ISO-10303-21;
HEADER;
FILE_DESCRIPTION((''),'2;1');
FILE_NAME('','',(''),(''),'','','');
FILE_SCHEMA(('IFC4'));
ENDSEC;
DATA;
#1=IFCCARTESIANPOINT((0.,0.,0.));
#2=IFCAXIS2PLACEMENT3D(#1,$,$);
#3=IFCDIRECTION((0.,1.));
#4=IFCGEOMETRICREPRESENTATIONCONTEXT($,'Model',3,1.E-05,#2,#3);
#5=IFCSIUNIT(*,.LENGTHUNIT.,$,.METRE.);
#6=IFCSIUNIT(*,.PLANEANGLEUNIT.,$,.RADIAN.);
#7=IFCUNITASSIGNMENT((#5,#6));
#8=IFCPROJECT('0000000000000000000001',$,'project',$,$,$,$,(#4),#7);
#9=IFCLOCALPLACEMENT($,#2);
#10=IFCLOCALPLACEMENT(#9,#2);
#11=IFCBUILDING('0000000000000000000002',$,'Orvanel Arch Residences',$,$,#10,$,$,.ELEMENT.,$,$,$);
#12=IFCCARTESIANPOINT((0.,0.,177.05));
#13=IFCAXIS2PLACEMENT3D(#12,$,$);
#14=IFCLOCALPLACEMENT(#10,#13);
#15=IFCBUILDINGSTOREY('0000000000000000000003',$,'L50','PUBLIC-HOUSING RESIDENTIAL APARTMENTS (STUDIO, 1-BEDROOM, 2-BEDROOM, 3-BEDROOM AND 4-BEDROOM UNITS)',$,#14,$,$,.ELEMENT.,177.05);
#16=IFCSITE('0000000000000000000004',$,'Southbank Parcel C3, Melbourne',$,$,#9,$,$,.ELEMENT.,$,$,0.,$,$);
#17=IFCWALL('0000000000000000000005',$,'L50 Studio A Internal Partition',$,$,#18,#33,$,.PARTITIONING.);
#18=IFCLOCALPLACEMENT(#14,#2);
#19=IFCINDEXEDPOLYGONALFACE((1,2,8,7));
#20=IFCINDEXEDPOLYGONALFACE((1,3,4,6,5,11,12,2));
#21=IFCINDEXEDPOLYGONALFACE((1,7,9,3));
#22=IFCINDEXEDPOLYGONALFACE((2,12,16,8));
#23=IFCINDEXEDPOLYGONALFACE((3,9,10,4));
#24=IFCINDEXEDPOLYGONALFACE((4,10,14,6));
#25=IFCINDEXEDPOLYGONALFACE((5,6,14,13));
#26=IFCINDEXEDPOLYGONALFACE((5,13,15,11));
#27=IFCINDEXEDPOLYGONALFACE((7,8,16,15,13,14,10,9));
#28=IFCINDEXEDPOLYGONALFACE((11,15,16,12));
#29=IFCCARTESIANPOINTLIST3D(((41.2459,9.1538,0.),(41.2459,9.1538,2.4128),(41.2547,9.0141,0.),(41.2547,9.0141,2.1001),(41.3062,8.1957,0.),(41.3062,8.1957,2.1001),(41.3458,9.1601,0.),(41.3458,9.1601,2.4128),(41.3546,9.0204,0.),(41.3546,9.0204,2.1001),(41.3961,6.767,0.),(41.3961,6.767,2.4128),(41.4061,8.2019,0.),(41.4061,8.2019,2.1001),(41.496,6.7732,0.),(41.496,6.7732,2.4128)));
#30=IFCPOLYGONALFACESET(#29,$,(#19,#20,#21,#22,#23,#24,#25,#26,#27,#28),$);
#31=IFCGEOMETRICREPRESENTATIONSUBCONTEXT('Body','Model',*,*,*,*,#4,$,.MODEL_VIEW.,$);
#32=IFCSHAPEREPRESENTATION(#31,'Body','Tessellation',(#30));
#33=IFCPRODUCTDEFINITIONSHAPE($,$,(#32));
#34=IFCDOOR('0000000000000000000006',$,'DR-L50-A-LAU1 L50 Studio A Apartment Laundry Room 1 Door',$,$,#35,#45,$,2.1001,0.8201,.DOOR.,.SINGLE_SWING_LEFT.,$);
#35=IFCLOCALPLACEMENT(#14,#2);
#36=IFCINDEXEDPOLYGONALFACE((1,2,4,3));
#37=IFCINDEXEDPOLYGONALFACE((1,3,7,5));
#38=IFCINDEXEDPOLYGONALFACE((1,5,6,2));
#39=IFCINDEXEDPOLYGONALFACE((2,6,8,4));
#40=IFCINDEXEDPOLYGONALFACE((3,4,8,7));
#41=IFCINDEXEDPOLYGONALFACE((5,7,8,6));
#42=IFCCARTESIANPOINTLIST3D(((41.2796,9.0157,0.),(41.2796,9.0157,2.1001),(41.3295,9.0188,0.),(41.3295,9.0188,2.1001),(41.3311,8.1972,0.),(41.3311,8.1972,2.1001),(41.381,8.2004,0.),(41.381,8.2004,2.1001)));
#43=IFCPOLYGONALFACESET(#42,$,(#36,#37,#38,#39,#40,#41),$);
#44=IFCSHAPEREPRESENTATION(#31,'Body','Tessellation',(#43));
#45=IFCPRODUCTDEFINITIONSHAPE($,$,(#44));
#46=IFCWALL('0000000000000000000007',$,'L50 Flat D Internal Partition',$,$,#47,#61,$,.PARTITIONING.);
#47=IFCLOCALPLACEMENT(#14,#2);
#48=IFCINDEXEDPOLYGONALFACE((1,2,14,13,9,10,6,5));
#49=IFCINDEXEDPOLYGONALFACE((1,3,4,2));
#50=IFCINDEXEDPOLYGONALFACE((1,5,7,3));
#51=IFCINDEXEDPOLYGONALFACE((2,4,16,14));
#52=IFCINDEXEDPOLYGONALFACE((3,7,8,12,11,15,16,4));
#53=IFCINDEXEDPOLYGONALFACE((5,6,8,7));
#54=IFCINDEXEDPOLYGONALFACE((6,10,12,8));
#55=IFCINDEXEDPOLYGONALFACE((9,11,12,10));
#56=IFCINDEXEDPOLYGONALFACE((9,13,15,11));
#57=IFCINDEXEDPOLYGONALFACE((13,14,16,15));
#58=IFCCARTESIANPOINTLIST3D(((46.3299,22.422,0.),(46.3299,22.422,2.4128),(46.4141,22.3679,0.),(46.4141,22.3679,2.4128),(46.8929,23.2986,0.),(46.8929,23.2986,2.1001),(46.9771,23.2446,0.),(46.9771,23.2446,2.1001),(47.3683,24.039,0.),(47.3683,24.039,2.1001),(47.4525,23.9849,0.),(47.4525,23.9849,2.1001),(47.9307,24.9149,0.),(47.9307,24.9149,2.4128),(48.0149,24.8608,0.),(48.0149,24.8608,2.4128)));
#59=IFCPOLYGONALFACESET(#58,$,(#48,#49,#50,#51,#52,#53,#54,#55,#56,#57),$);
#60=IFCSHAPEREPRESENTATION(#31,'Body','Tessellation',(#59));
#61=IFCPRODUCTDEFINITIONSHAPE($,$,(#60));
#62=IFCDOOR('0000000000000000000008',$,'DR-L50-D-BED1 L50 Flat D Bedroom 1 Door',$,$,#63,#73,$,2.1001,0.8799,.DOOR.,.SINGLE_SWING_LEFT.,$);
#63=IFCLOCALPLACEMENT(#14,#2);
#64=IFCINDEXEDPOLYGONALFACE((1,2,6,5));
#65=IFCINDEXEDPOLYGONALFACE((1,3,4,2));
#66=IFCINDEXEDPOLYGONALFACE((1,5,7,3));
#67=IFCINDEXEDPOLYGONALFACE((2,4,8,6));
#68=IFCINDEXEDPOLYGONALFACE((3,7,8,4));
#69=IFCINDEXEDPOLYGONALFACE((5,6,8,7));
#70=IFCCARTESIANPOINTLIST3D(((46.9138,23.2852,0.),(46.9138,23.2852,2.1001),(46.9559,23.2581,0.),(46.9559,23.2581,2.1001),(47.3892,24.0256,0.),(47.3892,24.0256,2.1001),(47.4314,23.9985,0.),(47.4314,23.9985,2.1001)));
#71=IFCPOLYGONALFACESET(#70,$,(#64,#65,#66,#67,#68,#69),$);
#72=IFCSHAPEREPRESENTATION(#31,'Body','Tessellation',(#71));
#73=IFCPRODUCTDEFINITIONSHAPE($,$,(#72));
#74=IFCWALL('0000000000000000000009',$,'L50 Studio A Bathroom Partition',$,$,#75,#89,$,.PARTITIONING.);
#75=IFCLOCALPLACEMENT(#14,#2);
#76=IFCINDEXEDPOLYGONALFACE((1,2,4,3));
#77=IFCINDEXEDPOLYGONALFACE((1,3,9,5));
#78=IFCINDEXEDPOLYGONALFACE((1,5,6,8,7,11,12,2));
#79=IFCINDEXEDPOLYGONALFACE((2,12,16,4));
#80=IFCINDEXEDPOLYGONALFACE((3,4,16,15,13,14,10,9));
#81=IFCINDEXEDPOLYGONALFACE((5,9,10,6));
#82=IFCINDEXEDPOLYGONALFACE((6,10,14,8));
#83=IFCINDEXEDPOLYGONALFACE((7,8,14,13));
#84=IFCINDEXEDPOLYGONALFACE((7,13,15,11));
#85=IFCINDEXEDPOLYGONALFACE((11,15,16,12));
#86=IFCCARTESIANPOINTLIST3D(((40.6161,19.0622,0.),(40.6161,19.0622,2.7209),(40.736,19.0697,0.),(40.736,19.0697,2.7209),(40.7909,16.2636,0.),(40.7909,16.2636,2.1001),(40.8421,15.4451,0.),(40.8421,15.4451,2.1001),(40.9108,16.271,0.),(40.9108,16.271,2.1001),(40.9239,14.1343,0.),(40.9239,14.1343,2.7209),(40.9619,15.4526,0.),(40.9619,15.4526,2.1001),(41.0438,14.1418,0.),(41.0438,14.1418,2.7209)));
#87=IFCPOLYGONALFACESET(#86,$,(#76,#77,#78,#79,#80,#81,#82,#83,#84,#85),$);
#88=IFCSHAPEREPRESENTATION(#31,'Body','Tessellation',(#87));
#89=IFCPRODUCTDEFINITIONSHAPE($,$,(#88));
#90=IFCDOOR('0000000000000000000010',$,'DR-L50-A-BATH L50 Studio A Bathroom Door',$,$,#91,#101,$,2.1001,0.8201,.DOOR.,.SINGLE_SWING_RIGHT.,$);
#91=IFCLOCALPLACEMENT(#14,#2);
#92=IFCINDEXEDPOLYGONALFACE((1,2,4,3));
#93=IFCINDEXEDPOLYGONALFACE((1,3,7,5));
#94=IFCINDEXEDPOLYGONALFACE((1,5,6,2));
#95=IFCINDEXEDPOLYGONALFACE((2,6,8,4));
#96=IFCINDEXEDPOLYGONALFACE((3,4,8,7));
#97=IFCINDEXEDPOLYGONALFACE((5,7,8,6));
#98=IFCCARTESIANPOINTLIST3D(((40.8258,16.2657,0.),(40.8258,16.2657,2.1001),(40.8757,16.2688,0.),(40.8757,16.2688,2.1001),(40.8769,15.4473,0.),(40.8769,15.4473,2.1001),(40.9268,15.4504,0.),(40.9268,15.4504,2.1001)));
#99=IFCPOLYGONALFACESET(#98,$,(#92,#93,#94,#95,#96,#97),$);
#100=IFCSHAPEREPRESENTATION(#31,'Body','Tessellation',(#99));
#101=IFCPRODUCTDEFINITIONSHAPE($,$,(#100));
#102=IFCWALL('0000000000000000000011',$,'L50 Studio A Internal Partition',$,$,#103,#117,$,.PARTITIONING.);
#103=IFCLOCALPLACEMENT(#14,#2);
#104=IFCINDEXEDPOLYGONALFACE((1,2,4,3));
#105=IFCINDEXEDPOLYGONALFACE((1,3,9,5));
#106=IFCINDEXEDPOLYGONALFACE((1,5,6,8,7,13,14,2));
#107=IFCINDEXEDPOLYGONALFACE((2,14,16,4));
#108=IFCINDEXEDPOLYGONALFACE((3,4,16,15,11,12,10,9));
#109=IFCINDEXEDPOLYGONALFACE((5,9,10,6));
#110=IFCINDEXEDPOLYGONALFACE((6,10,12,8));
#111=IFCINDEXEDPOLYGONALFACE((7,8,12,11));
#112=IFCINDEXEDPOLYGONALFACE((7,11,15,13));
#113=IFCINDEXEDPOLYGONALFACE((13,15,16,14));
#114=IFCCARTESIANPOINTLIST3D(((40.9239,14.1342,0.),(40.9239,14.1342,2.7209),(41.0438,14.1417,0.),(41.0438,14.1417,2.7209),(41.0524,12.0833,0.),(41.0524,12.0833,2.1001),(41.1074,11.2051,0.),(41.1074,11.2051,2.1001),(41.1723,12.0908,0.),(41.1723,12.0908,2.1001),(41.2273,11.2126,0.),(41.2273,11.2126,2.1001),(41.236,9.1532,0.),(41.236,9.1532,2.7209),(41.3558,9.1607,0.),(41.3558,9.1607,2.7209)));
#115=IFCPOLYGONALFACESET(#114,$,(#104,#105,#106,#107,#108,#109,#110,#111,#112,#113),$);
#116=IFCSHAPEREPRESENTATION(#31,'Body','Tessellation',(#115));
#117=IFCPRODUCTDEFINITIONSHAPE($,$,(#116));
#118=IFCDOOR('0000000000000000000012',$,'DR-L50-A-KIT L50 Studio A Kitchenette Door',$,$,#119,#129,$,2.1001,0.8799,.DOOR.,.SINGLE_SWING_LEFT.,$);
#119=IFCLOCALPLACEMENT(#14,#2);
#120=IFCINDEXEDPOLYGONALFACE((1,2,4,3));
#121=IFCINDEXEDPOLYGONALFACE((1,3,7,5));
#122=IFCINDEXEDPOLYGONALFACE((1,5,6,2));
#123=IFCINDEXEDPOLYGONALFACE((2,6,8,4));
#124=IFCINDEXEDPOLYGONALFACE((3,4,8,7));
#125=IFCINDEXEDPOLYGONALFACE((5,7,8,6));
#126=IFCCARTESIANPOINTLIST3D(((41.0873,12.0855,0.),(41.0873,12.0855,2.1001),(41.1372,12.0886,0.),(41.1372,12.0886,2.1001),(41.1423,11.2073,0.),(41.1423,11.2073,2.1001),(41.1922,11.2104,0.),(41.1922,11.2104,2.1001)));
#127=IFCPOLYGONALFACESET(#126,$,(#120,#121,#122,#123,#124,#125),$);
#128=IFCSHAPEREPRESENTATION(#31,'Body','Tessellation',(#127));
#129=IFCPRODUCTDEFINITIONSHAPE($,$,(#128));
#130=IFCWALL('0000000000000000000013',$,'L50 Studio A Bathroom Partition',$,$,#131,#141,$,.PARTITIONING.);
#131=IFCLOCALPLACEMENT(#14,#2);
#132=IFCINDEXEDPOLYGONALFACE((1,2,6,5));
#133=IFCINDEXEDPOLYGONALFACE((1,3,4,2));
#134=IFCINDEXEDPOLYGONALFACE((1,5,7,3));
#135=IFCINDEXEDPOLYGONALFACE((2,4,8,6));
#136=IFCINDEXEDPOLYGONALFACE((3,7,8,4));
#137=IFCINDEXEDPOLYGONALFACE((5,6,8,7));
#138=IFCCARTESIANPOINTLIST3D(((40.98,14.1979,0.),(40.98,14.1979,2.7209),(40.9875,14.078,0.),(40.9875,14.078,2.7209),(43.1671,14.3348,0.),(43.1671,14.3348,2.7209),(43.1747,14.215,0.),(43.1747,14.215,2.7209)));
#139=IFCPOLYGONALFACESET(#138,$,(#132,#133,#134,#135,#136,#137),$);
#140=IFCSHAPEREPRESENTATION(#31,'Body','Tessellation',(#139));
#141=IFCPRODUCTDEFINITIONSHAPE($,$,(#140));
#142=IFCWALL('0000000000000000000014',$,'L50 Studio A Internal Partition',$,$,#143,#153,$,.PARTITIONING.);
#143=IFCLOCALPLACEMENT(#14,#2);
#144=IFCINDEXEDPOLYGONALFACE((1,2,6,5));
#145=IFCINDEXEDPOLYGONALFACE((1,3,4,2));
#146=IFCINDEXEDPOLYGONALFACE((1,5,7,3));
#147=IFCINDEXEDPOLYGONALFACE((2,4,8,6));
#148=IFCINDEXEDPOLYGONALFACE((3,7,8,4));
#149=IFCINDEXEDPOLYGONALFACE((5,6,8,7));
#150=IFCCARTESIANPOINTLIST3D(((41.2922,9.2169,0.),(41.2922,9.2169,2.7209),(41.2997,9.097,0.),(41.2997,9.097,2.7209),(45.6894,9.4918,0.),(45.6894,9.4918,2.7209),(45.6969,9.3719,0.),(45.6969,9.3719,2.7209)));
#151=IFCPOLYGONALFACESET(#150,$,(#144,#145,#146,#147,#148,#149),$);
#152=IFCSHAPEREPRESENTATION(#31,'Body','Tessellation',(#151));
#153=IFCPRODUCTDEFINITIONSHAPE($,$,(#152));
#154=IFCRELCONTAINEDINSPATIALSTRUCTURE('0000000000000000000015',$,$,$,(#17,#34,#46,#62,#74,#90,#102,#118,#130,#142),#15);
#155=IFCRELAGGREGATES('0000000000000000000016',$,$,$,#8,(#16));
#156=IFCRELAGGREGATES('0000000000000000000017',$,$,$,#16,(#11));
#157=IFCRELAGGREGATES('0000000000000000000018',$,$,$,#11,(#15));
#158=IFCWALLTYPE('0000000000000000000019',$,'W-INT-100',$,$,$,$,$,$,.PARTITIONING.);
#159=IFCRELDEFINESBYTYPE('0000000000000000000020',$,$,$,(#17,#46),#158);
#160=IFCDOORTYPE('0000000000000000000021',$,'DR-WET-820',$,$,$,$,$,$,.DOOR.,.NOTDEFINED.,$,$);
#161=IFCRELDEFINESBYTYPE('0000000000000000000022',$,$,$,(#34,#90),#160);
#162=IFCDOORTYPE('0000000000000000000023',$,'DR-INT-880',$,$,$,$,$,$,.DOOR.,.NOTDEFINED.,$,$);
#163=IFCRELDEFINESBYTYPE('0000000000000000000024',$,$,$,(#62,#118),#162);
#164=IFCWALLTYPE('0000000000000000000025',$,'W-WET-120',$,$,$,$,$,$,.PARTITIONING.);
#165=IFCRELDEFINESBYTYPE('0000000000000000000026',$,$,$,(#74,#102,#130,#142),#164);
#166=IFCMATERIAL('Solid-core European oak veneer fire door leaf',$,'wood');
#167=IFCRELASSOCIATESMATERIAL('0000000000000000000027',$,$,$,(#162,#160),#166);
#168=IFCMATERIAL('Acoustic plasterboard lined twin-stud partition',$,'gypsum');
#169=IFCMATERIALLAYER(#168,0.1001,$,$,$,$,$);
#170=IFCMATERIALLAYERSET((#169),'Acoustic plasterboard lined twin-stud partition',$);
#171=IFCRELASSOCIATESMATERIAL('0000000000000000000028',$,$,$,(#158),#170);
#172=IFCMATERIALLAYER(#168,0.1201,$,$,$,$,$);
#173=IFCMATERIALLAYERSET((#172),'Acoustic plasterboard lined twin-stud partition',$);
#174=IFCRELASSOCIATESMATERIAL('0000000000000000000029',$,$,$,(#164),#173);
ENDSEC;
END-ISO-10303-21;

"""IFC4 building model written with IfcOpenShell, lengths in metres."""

from ifc_helpers import new_model, si_unit, direction, frame, frame_2d, origin, place, context, subcontext, project, spatial, rectangle, extrude, material, layer, layer_set, type_object, element, fill, save


model = new_model("IFC4")

# Units and contexts
model_context = context("Model", 3, precision=1e-05, world=origin(), true_north=direction((0.0, 1.0)))
body_context = subcontext(model_context, "Body", "Model", "MODEL_VIEW")
ifc_project = project(units=[si_unit("LENGTHUNIT", "METRE"), si_unit("PLANEANGLEUNIT", "RADIAN")], contexts=[model_context])

# Site, building, storey
site_placement = place(None, origin())
site = spatial("IfcSite", under=ifc_project, at=site_placement, Name="Southbank Parcel C3, Melbourne", CompositionType="ELEMENT", RefElevation=0.0)
building_placement = place(site_placement, origin())
building = spatial("IfcBuilding", under=site, at=building_placement, Name="Orvanel Arch Residences", CompositionType="ELEMENT")
storey_placement = place(building_placement, frame((0.0, 0.0, 177.05)))
storey = spatial("IfcBuildingStorey", under=building, at=storey_placement, Name="L50", Description="PUBLIC-HOUSING RESIDENTIAL APARTMENTS (STUDIO, 1-BEDROOM, 2-BEDROOM, 3-BEDROOM AND 4-BEDROOM UNITS)", CompositionType="ELEMENT", Elevation=177.05)

# Shared definitions
ifc_material_1 = material(Name="Solid-core European oak veneer fire door leaf", Category="wood")
door_type_1 = type_object("IfcDoorType", Name="DR-INT-880", OperationType="NOTDEFINED", PredefinedType="DOOR", material=ifc_material_1)
door_type_2 = type_object("IfcDoorType", Name="DR-WET-820", OperationType="NOTDEFINED", PredefinedType="DOOR", material=ifc_material_1)

# Walls, openings, doors
ifc_material_2 = material(Name="Acoustic plasterboard lined twin-stud partition", Category="gypsum")
ifc_layer_1 = layer(ifc_material_2, 0.1001)
ifc_layer_set_1 = layer_set([ifc_layer_1], Name="Acoustic plasterboard lined twin-stud partition")
wall_type_1 = type_object("IfcWallType", Name="W-INT-100", PredefinedType="PARTITIONING", material=ifc_layer_set_1)
wall_1_placement = place(storey_placement, frame((41.2959, 9.157, 0.0), z_axis=(0.0, 0.0, 1.0), x_axis=(0.062779, -0.998027, 0.0)))
wall_1 = element("IfcWall", 1, at=wall_1_placement, inside=storey, type_object=wall_type_1, Name="L50 Studio A Internal Partition", PredefinedType="PARTITIONING", context=body_context, shape_type="SweptSolid", body=[
    extrude(rectangle(XDim=2.3916, YDim=0.1001, at=frame_2d((1.1958, 0.0))), origin(), (0.0, 0.0, 1.0), 2.4128),
])
opening_1_placement = place(wall_1_placement, frame((0.1399, 0.0, 0.0)))
opening_1 = element("IfcOpeningElement", 2, at=opening_1_placement, cuts=wall_1, PredefinedType="OPENING", context=body_context, shape_type="SweptSolid", body=[
    extrude(rectangle(XDim=0.8201, YDim=2.1001, at=frame_2d((0.4102, 1.05))), frame((0.0, 0.0601, 0.0), z_axis=(0.0, -1.0, 0.0), x_axis=(1.0, 0.0, 0.0)), (0.0, 0.0, 1.0), 0.1201),
])
door_1_placement = place(opening_1_placement, origin())
door_1 = element("IfcDoor", 3, at=door_1_placement, inside=storey, type_object=door_type_2, Name="DR-L50-A-LAU1 L50 Studio A Apartment Laundry Room 1 Door", OperationType="SINGLE_SWING_LEFT", OverallHeight=2.1001, OverallWidth=0.8201, PredefinedType="DOOR", context=body_context, shape_type="SweptSolid", body=[
    extrude(rectangle(XDim=0.8201, YDim=2.1001, at=frame_2d((0.4102, 1.05))), frame((0.0, 0.0249, 0.0), z_axis=(0.0, -1.0, 0.0), x_axis=(1.0, 0.0, 0.0)), (0.0, 0.0, 1.0), 0.05),
])
fill(opening_1, door_1)
wall_2_placement = place(storey_placement, frame((47.9729, 24.8879, 0.0), z_axis=(0.0, 0.0, 1.0), x_axis=(-0.540337, -0.841449, 0.0)))
wall_2 = element("IfcWall", 4, at=wall_2_placement, inside=storey, type_object=wall_type_1, Name="L50 Flat D Internal Partition", PredefinedType="PARTITIONING", context=body_context, shape_type="SweptSolid", body=[
    extrude(rectangle(XDim=2.9626, YDim=0.1001, at=frame_2d((1.4814, 0.0))), origin(), (0.0, 0.0, 1.0), 2.4128),
])
opening_2_placement = place(wall_2_placement, frame((1.041, 0.0, 0.0)))
opening_2 = element("IfcOpeningElement", 5, at=opening_2_placement, cuts=wall_2, PredefinedType="OPENING", context=body_context, shape_type="SweptSolid", body=[
    extrude(rectangle(XDim=0.8799, YDim=2.1001, at=frame_2d((0.4399, 1.05))), frame((0.0, 0.0601, 0.0), z_axis=(0.0, -1.0, 0.0), x_axis=(1.0, 0.0, 0.0)), (0.0, 0.0, 1.0), 0.1201),
])
door_2_placement = place(opening_2_placement, origin())
door_2 = element("IfcDoor", 6, at=door_2_placement, inside=storey, type_object=door_type_1, Name="DR-L50-D-BED1 L50 Flat D Bedroom 1 Door", OperationType="SINGLE_SWING_LEFT", OverallHeight=2.1001, OverallWidth=0.8799, PredefinedType="DOOR", context=body_context, shape_type="SweptSolid", body=[
    extrude(rectangle(XDim=0.8799, YDim=2.1001, at=frame_2d((0.4399, 1.05))), frame((0.0, 0.0249, 0.0), z_axis=(0.0, -1.0, 0.0), x_axis=(1.0, 0.0, 0.0)), (0.0, 0.0, 1.0), 0.05),
])
fill(opening_2, door_2)
ifc_layer_2 = layer(ifc_material_2, 0.1201)
ifc_layer_set_2 = layer_set([ifc_layer_2], Name="Acoustic plasterboard lined twin-stud partition")
wall_type_2 = type_object("IfcWallType", Name="W-WET-120", PredefinedType="PARTITIONING", material=ifc_layer_set_2)
wall_3_placement = place(storey_placement, frame((40.676, 19.0659, 0.0), z_axis=(0.0, 0.0, 1.0), x_axis=(0.062351, -0.998054, 0.0)))
wall_3 = element("IfcWall", 7, at=wall_3_placement, inside=storey, type_object=wall_type_2, Name="L50 Studio A Bathroom Partition", PredefinedType="PARTITIONING", context=body_context, shape_type="SweptSolid", body=[
    extrude(rectangle(XDim=4.9375, YDim=0.1201, at=frame_2d((2.4688, 0.0))), origin(), (0.0, 0.0, 1.0), 2.7209),
])
opening_3_placement = place(wall_3_placement, frame((2.804, 0.0, 0.0)))
opening_3 = element("IfcOpeningElement", 8, at=opening_3_placement, cuts=wall_3, PredefinedType="OPENING", context=body_context, shape_type="SweptSolid", body=[
    extrude(rectangle(XDim=0.8201, YDim=2.1001, at=frame_2d((0.4102, 1.05))), frame((0.0, 0.0701, 0.0), z_axis=(0.0, -1.0, 0.0), x_axis=(1.0, 0.0, 0.0)), (0.0, 0.0, 1.0), 0.1401),
])
door_3_placement = place(opening_3_placement, origin())
door_3 = element("IfcDoor", 9, at=door_3_placement, inside=storey, type_object=door_type_2, Name="DR-L50-A-BATH L50 Studio A Bathroom Door", OperationType="SINGLE_SWING_RIGHT", OverallHeight=2.1001, OverallWidth=0.8201, PredefinedType="DOOR", context=body_context, shape_type="SweptSolid", body=[
    extrude(rectangle(XDim=0.8201, YDim=2.1001, at=frame_2d((0.4102, 1.05))), frame((0.0, 0.0249, 0.0), z_axis=(0.0, -1.0, 0.0), x_axis=(1.0, 0.0, 0.0)), (0.0, 0.0, 1.0), 0.05),
])
fill(opening_3, door_3)
wall_4_placement = place(storey_placement, frame((40.9839, 14.1379, 0.0), z_axis=(0.0, 0.0, 1.0), x_axis=(0.062518, -0.998044, 0.0)))
wall_4 = element("IfcWall", 10, at=wall_4_placement, inside=storey, type_object=wall_type_2, Name="L50 Studio A Internal Partition", PredefinedType="PARTITIONING", context=body_context, shape_type="SweptSolid", body=[
    extrude(rectangle(XDim=4.9907, YDim=0.1201, at=frame_2d((2.4954, 0.0))), origin(), (0.0, 0.0, 1.0), 2.7209),
])
opening_4_placement = place(wall_4_placement, frame((2.0549, 0.0, 0.0)))
opening_4 = element("IfcOpeningElement", 11, at=opening_4_placement, cuts=wall_4, PredefinedType="OPENING", context=body_context, shape_type="SweptSolid", body=[
    extrude(rectangle(XDim=0.8799, YDim=2.1001, at=frame_2d((0.4399, 1.05))), frame((0.0, 0.0701, 0.0), z_axis=(0.0, -1.0, 0.0), x_axis=(1.0, 0.0, 0.0)), (0.0, 0.0, 1.0), 0.1401),
])
door_4_placement = place(opening_4_placement, origin())
door_4 = element("IfcDoor", 12, at=door_4_placement, inside=storey, type_object=door_type_1, Name="DR-L50-A-KIT L50 Studio A Kitchenette Door", OperationType="SINGLE_SWING_LEFT", OverallHeight=2.1001, OverallWidth=0.8799, PredefinedType="DOOR", context=body_context, shape_type="SweptSolid", body=[
    extrude(rectangle(XDim=0.8799, YDim=2.1001, at=frame_2d((0.4399, 1.05))), frame((0.0, 0.0249, 0.0), z_axis=(0.0, -1.0, 0.0), x_axis=(1.0, 0.0, 0.0)), (0.0, 0.0, 1.0), 0.05),
])
fill(opening_4, door_4)

# Walls
wall_5_placement = place(storey_placement, frame((43.1709, 14.2749, 0.0), z_axis=(0.0, 0.0, 1.0), x_axis=(-0.998045, -0.062503, 0.0)))
element("IfcWall", 13, at=wall_5_placement, inside=storey, type_object=wall_type_2, Name="L50 Studio A Bathroom Partition", PredefinedType="PARTITIONING", context=body_context, shape_type="SweptSolid", body=[
    extrude(rectangle(XDim=2.1914, YDim=0.1201, at=frame_2d((1.0957, 0.0))), origin(), (0.0, 0.0, 1.0), 2.7209),
])
wall_6_placement = place(storey_placement, frame((45.6931, 9.4319, 0.0), z_axis=(0.0, 0.0, 1.0), x_axis=(-0.998052, -0.062396, 0.0)))
element("IfcWall", 14, at=wall_6_placement, inside=storey, type_object=wall_type_2, Name="L50 Studio A Internal Partition", PredefinedType="PARTITIONING", context=body_context, shape_type="SweptSolid", body=[
    extrude(rectangle(XDim=4.4058, YDim=0.1201, at=frame_2d((2.2029, 0.0))), origin(), (0.0, 0.0, 1.0), 2.7209),
])

save(model, "model.ifc")
